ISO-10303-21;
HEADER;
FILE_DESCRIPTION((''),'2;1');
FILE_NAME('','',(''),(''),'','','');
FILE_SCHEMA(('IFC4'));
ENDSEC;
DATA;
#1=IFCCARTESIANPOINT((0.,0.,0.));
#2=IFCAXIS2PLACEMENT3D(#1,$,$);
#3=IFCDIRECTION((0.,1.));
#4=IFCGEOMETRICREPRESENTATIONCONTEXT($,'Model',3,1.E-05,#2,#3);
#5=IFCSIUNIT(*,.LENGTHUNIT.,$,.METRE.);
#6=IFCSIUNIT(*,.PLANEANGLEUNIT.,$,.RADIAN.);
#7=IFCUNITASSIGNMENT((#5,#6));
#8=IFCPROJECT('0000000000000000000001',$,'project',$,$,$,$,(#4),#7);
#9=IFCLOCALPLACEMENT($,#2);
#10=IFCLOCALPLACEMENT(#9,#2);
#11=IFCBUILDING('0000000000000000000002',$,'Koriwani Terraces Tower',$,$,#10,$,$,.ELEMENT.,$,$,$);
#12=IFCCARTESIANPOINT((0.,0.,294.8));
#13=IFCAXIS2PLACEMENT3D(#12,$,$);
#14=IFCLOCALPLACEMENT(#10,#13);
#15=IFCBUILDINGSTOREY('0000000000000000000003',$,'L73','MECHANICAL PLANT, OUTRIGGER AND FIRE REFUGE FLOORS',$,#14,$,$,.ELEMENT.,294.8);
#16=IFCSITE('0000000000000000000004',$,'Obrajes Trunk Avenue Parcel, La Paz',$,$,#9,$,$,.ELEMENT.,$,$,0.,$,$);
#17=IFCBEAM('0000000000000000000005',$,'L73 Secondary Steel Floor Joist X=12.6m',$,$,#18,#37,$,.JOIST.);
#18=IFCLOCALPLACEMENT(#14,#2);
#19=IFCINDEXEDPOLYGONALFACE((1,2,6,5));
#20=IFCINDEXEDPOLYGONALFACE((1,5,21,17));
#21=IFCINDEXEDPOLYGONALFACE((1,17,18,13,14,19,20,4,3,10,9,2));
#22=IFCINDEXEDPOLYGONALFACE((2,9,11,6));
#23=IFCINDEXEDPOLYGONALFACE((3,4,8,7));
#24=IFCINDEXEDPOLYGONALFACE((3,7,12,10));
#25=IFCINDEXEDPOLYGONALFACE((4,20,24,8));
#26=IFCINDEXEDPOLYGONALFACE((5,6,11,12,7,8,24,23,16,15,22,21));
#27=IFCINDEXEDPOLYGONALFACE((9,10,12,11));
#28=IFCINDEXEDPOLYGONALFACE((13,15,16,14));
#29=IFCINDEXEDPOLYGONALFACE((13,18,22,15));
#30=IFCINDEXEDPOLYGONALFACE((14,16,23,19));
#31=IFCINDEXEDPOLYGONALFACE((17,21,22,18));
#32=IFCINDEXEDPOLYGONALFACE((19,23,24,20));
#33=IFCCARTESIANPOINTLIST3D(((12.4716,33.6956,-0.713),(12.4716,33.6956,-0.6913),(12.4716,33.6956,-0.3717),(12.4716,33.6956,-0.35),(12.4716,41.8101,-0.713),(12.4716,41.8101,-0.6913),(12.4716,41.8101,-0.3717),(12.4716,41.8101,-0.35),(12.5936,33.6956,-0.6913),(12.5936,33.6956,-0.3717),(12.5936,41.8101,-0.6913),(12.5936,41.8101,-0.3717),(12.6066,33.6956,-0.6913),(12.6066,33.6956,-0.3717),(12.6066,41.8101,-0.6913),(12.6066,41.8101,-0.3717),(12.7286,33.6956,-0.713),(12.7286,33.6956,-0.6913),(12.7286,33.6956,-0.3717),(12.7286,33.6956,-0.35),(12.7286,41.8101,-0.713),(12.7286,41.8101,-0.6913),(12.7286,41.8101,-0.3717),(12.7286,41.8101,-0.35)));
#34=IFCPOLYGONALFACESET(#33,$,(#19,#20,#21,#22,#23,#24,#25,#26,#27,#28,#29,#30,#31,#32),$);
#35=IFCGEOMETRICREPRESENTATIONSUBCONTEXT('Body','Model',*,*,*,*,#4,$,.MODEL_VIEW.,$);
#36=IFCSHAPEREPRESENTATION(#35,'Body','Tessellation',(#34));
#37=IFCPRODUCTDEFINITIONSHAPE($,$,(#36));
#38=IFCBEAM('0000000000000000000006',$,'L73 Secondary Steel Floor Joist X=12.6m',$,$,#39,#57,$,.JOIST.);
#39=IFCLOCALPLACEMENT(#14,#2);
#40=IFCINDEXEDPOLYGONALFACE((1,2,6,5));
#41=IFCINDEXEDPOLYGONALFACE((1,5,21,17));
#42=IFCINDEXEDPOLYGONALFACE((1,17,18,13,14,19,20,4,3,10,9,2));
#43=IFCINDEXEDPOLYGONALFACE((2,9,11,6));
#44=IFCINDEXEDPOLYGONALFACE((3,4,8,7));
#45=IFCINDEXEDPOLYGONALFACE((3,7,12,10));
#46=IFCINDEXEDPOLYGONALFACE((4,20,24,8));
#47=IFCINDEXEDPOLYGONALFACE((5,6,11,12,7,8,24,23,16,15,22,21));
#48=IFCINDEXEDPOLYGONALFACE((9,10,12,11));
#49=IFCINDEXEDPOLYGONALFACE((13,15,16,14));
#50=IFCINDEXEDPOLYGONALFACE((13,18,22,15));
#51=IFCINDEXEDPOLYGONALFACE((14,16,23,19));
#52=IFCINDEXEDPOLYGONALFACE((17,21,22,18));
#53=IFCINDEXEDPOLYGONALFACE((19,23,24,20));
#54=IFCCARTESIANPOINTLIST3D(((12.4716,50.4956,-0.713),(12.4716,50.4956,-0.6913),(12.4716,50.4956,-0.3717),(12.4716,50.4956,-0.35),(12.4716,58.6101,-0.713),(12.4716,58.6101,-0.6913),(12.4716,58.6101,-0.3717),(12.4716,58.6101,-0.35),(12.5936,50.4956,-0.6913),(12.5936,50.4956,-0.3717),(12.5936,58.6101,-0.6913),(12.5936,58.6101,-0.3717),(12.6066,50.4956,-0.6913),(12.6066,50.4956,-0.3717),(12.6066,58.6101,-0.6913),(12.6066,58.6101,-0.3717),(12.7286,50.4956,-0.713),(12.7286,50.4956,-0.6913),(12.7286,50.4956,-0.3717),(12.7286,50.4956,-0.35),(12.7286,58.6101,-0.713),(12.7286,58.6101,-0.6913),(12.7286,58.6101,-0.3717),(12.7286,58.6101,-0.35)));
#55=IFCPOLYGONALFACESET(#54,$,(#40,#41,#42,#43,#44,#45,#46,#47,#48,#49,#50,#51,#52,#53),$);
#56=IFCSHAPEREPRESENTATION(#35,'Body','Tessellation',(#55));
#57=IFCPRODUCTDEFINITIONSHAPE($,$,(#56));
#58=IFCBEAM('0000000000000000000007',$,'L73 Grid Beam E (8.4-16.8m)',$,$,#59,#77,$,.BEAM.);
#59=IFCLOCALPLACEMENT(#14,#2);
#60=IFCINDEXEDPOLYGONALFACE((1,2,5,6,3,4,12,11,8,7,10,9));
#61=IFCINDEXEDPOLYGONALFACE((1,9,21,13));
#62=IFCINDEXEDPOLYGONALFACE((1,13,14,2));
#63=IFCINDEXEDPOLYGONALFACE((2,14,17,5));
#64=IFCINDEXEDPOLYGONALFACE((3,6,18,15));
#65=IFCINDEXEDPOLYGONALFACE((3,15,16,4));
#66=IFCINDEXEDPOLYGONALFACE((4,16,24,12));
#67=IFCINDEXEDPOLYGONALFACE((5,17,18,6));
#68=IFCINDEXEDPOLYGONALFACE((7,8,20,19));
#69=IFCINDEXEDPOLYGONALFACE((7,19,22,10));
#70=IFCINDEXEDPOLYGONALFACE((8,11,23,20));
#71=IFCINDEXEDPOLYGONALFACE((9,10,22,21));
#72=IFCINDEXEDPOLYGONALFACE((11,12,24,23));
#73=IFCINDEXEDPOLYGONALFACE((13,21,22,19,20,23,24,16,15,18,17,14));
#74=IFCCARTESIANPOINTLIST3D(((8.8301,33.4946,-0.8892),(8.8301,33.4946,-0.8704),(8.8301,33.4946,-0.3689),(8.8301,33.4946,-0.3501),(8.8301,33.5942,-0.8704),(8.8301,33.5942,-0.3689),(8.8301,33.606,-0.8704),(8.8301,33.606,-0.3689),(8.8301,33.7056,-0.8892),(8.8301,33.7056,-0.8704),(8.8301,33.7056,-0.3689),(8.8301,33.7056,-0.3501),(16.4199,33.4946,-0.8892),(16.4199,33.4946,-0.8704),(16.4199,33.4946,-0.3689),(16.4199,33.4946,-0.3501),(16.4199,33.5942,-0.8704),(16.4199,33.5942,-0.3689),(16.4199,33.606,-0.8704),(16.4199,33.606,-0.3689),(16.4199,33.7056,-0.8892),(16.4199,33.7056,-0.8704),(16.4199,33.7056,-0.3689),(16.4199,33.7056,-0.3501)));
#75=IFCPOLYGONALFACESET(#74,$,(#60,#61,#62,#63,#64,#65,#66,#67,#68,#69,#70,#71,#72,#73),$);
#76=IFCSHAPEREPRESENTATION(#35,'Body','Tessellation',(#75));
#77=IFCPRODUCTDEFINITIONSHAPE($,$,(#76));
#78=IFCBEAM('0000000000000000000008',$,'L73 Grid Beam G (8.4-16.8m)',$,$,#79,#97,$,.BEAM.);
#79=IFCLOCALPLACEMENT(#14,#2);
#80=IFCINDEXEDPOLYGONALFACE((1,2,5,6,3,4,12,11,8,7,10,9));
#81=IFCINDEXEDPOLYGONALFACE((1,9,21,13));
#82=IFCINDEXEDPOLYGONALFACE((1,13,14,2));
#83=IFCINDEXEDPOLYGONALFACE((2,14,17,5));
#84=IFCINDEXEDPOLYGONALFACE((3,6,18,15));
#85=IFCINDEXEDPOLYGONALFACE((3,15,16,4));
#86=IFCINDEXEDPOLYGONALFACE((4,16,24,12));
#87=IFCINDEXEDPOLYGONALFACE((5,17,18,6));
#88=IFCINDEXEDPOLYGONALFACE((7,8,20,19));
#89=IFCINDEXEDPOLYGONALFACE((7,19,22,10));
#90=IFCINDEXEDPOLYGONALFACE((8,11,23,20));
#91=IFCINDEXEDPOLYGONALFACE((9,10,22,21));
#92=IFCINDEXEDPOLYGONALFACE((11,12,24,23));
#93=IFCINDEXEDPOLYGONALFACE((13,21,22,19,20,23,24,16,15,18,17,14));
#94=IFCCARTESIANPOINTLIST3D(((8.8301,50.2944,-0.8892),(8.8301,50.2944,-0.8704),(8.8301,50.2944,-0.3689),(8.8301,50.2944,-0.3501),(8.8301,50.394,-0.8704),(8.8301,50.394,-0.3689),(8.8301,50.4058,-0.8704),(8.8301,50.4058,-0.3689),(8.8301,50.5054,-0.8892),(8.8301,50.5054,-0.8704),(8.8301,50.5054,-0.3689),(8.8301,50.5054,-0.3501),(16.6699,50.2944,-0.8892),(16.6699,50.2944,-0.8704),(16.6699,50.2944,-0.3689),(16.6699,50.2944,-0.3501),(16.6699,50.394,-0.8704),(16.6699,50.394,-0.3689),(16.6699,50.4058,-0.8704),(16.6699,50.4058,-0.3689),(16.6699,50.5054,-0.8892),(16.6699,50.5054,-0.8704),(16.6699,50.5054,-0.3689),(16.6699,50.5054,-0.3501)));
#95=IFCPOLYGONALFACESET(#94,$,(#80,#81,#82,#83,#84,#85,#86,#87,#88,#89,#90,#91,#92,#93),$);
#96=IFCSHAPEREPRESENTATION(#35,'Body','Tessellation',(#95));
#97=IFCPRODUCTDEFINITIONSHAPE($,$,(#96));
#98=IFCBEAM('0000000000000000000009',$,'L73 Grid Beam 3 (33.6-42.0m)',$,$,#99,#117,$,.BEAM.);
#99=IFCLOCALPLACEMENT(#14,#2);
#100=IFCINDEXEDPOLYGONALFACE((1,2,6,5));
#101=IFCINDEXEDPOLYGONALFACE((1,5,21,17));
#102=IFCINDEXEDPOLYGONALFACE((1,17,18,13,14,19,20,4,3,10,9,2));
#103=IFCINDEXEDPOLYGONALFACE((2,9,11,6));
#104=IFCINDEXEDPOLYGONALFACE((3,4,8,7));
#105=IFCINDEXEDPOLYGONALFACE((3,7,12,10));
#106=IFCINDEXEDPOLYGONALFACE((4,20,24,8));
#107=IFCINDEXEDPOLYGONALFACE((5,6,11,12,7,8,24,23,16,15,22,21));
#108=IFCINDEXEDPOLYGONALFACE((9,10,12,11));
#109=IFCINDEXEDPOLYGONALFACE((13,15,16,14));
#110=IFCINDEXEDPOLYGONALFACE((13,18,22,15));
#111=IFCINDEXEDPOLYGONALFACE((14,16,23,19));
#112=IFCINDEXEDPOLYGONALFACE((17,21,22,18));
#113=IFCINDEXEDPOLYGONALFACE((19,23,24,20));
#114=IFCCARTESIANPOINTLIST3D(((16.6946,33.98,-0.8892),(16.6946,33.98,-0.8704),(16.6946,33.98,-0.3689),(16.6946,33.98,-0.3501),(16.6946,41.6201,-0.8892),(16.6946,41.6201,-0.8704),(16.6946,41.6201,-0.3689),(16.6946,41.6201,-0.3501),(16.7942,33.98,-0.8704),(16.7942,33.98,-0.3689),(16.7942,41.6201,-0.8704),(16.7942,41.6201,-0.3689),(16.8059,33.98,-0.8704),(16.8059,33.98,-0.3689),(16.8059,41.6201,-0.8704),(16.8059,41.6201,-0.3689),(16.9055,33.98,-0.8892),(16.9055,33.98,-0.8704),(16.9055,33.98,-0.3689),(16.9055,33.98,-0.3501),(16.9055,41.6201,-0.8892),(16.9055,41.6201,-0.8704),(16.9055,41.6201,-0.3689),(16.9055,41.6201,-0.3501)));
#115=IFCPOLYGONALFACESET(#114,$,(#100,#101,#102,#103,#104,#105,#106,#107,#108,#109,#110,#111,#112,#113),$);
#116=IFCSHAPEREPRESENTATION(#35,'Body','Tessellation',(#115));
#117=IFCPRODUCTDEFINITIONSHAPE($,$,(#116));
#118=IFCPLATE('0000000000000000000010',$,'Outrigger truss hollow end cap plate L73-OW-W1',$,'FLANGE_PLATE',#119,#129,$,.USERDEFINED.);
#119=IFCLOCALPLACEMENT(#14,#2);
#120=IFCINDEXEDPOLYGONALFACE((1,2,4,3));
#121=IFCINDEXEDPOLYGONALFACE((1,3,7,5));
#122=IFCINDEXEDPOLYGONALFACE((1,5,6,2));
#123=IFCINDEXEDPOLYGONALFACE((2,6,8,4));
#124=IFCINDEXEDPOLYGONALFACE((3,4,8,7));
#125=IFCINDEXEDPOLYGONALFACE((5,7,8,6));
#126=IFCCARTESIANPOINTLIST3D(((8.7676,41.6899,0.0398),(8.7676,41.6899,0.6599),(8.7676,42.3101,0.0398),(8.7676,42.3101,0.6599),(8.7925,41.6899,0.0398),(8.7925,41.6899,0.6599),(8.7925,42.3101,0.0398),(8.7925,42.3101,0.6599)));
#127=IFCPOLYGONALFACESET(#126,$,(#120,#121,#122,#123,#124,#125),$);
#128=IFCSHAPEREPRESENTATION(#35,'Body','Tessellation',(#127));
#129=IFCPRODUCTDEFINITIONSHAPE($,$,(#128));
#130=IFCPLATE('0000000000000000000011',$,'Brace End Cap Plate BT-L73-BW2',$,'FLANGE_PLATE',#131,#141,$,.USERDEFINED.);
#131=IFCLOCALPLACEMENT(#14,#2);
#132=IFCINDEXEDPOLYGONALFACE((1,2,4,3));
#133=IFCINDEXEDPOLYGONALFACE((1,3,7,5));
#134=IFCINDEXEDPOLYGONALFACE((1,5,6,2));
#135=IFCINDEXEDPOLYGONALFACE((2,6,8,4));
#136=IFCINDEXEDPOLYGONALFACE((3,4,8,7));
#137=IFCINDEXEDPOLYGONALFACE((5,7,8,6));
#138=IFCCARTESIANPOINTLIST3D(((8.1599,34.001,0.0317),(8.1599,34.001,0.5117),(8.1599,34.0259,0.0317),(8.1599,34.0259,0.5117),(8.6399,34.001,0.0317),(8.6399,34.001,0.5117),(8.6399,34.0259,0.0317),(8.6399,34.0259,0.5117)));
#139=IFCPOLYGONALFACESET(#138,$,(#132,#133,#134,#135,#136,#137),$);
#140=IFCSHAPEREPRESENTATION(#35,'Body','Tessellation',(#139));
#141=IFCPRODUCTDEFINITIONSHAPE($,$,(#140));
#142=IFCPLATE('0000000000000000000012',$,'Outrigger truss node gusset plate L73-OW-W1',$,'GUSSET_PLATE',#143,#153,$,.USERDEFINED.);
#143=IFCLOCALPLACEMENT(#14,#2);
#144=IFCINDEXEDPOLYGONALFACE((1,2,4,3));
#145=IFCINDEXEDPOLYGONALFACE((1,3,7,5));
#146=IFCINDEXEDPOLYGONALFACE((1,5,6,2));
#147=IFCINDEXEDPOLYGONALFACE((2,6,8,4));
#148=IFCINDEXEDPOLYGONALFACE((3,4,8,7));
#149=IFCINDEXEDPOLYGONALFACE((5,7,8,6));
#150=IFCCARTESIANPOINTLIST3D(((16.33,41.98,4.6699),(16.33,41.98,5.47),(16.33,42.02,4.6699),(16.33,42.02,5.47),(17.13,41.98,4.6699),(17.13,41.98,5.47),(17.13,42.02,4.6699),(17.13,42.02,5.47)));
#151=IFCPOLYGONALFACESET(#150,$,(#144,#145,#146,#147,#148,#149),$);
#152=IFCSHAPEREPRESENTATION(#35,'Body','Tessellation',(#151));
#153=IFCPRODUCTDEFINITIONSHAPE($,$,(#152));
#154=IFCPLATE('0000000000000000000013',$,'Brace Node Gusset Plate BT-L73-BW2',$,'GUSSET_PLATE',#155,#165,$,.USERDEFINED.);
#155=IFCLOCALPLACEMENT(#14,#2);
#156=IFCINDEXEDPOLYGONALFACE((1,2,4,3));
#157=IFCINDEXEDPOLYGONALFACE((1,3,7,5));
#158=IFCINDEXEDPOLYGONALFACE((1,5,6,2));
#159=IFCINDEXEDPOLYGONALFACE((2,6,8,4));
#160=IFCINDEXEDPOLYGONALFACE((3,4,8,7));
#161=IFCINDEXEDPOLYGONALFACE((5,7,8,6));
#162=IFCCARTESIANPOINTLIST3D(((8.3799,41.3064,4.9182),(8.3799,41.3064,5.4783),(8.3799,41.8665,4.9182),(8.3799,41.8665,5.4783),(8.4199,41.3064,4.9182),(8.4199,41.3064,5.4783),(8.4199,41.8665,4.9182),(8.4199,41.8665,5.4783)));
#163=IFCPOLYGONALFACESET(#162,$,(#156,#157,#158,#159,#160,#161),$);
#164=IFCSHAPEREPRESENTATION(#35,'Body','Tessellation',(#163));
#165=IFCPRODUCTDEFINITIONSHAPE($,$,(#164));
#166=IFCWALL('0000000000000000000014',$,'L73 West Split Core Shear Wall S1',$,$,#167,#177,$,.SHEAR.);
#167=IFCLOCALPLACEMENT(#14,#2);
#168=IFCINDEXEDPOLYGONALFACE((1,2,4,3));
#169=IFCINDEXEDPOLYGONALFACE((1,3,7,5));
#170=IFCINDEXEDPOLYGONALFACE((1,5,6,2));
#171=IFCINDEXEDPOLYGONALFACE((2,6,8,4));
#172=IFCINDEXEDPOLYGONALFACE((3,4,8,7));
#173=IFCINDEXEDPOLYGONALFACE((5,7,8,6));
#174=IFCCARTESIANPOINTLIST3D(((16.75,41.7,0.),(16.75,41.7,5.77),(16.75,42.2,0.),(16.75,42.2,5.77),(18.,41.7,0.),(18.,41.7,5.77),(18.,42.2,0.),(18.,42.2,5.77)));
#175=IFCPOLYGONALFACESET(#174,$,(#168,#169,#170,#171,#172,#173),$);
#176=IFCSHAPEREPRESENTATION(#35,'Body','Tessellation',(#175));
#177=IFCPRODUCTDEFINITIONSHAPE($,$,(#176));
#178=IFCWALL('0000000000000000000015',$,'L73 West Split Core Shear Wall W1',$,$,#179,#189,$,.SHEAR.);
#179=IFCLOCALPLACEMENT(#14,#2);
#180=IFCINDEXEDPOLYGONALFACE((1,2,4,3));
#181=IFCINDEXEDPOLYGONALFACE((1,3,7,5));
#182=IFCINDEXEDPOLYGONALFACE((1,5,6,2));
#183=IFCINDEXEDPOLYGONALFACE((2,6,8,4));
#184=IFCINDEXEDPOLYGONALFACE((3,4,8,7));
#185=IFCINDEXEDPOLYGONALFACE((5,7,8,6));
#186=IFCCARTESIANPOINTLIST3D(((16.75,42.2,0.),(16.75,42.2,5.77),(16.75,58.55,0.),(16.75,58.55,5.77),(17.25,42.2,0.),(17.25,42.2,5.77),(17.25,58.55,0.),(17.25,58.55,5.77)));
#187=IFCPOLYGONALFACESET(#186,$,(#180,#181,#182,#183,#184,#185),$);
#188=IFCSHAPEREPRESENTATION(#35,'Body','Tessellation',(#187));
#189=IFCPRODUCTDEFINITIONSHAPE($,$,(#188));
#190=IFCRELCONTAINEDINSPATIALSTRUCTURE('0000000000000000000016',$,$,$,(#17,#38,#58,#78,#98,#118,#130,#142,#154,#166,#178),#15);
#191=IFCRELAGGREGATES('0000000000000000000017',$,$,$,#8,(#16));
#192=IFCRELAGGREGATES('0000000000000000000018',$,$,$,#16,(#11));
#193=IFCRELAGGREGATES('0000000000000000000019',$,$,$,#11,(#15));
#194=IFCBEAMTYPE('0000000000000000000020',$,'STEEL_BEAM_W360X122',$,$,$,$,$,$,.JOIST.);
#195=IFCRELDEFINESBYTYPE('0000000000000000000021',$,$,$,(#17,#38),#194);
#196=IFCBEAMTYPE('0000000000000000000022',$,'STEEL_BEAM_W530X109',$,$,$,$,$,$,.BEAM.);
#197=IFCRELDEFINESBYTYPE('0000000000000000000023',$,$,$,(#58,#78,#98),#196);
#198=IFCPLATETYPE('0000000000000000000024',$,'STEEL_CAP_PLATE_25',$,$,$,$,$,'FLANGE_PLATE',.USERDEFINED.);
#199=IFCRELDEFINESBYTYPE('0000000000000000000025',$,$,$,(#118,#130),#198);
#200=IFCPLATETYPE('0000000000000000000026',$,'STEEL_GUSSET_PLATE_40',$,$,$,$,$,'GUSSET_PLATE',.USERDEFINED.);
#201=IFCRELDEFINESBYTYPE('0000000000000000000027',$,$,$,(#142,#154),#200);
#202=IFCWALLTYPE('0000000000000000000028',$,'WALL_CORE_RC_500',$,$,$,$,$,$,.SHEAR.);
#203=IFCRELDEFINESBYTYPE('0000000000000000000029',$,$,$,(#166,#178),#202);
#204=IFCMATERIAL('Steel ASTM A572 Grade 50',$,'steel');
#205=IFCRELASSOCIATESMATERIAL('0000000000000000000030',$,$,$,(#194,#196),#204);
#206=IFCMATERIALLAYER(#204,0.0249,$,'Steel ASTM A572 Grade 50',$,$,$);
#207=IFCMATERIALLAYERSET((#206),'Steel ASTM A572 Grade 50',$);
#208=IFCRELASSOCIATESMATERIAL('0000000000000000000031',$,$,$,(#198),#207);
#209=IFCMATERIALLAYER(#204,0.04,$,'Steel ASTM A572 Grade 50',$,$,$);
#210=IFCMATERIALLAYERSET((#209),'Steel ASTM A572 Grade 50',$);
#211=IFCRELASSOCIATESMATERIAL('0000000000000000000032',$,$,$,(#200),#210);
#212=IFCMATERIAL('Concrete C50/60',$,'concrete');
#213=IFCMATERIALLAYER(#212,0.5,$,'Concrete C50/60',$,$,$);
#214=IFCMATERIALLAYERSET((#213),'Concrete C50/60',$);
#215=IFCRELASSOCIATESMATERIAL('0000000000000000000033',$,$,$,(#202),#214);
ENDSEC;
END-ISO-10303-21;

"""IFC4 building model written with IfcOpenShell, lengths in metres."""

from ifc_helpers import new_model, si_unit, direction, frame, frame_2d, origin, origin_2d, place, context, subcontext, project, spatial, rectangle, i_section, extrude, material, layer, layer_set, material_profile, profile_set, type_object, element, save


model = new_model("IFC4")

# Units and contexts
model_context = context("Model", 3, precision=1e-05, world=origin(), true_north=direction((0.0, 1.0)))
body_context = subcontext(model_context, "Body", "Model", "MODEL_VIEW")
ifc_project = project(units=[si_unit("LENGTHUNIT", "METRE"), si_unit("PLANEANGLEUNIT", "RADIAN")], contexts=[model_context])

# Site, building, storey
site_placement = place(None, origin())
site = spatial("IfcSite", under=ifc_project, at=site_placement, Name="Obrajes Trunk Avenue Parcel, La Paz", CompositionType="ELEMENT", RefElevation=0.0)
building_placement = place(site_placement, origin())
building = spatial("IfcBuilding", under=site, at=building_placement, Name="Koriwani Terraces Tower", CompositionType="ELEMENT")
storey_placement = place(building_placement, frame((0.0, 0.0, 294.8)))
storey = spatial("IfcBuildingStorey", under=building, at=storey_placement, Name="L73", Description="MECHANICAL PLANT, OUTRIGGER AND FIRE REFUGE FLOORS", CompositionType="ELEMENT", Elevation=294.8)

# Shared definitions
ifc_material_1 = material(Name="Concrete C50/60", Category="concrete")

# Shared definitions
ifc_material_2 = material(Name="Steel ASTM A572 Grade 50", Category="steel")

# Beams
ifc_material_profile_1 = material_profile(ifc_material_2, i_section(OverallWidth=0.2571, OverallDepth=0.363, WebThickness=0.0129, FlangeThickness=0.0217, at=origin_2d()), Name="Steel ASTM A572 Grade 50", Category="LoadBearing")
ifc_profile_set_1 = profile_set([ifc_material_profile_1], Name="Steel ASTM A572 Grade 50")
beam_type_1 = type_object("IfcBeamType", Name="STEEL_BEAM_W360X122", PredefinedType="JOIST", material=ifc_profile_set_1)
for number, where, z_axis, x_axis, name in (
    (1, (12.6001, 33.6956, -0.5315), (0.0, 1.0, 0.0), (-1.0, 0.0, 0.0), "L73 Secondary Steel Floor Joist X=12.6m"),
    (2, (12.6001, 50.4956, -0.5315), (0.0, 1.0, 0.0), (-1.0, 0.0, 0.0), "L73 Secondary Steel Floor Joist X=12.6m"),
):
    element("IfcBeam", number, at=place(storey_placement, frame(where, z_axis=z_axis, x_axis=x_axis)), inside=storey, type_object=beam_type_1, Name=name, PredefinedType="JOIST", context=body_context, shape_type="SweptSolid", body=[
        extrude(i_section(OverallWidth=0.2571, OverallDepth=0.363, WebThickness=0.0129, FlangeThickness=0.0217, at=origin_2d()), origin(), (0.0, 0.0, 1.0), 8.1145),
    ])
ifc_material_profile_2 = material_profile(ifc_material_2, i_section(OverallWidth=0.2109, OverallDepth=0.5391, WebThickness=0.0117, FlangeThickness=0.0188, at=origin_2d()), Name="Steel ASTM A572 Grade 50", Category="LoadBearing")
ifc_profile_set_2 = profile_set([ifc_material_profile_2], Name="Steel ASTM A572 Grade 50")
beam_type_2 = type_object("IfcBeamType", Name="STEEL_BEAM_W530X109", PredefinedType="BEAM", material=ifc_profile_set_2)
beam_1_placement = place(storey_placement, frame((8.8301, 33.6001, -0.6196), z_axis=(1.0, 0.0, 0.0), x_axis=(0.0, 1.0, 0.0)))
element("IfcBeam", 3, at=beam_1_placement, inside=storey, type_object=beam_type_2, Name="L73 Grid Beam E (8.4-16.8m)", PredefinedType="BEAM", context=body_context, shape_type="SweptSolid", body=[
    extrude(i_section(OverallWidth=0.2109, OverallDepth=0.5391, WebThickness=0.0117, FlangeThickness=0.0188, at=origin_2d()), origin(), (0.0, 0.0, 1.0), 7.5898),
])
beam_2_placement = place(storey_placement, frame((8.8301, 50.3999, -0.6196), z_axis=(1.0, 0.0, 0.0), x_axis=(0.0, 1.0, 0.0)))
element("IfcBeam", 4, at=beam_2_placement, inside=storey, type_object=beam_type_2, Name="L73 Grid Beam G (8.4-16.8m)", PredefinedType="BEAM", context=body_context, shape_type="SweptSolid", body=[
    extrude(i_section(OverallWidth=0.2109, OverallDepth=0.5391, WebThickness=0.0117, FlangeThickness=0.0188, at=origin_2d()), origin(), (0.0, 0.0, 1.0), 7.8398),
])
beam_3_placement = place(storey_placement, frame((16.8, 33.98, -0.6196), z_axis=(0.0, 1.0, 0.0), x_axis=(-1.0, 0.0, 0.0)))
element("IfcBeam", 5, at=beam_3_placement, inside=storey, type_object=beam_type_2, Name="L73 Grid Beam 3 (33.6-42.0m)", PredefinedType="BEAM", context=body_context, shape_type="SweptSolid", body=[
    extrude(i_section(OverallWidth=0.2109, OverallDepth=0.5391, WebThickness=0.0117, FlangeThickness=0.0188, at=origin_2d()), origin(), (0.0, 0.0, 1.0), 7.6401),
])

# Plates
ifc_layer_1 = layer(ifc_material_2, 0.0249, Name="Steel ASTM A572 Grade 50")
ifc_layer_set_1 = layer_set([ifc_layer_1], Name="Steel ASTM A572 Grade 50")
plate_type_1 = type_object("IfcPlateType", Name="STEEL_CAP_PLATE_25", ElementType="FLANGE_PLATE", PredefinedType="USERDEFINED", material=ifc_layer_set_1)
plate_1_placement = place(storey_placement, frame((8.78, 42.0, 0.0398), z_axis=(0.0, 0.0, 1.0), x_axis=(1.0, 0.0, 0.0)))
element("IfcPlate", 6, at=plate_1_placement, inside=storey, type_object=plate_type_1, Name="Outrigger truss hollow end cap plate L73-OW-W1", ObjectType="FLANGE_PLATE", PredefinedType="USERDEFINED", context=body_context, shape_type="SweptSolid", body=[
    extrude(rectangle(XDim=0.0249, YDim=0.6201, at=origin_2d()), origin(), (0.0, 0.0, 1.0), 0.6201),
])
plate_2_placement = place(storey_placement, frame((8.3999, 34.0134, 0.0317), z_axis=(0.0, 0.0, 1.0), x_axis=(0.0, 1.0, 0.0)))
element("IfcPlate", 7, at=plate_2_placement, inside=storey, type_object=plate_type_1, Name="Brace End Cap Plate BT-L73-BW2", ObjectType="FLANGE_PLATE", PredefinedType="USERDEFINED", context=body_context, shape_type="SweptSolid", body=[
    extrude(rectangle(XDim=0.0249, YDim=0.48, at=origin_2d()), origin(), (0.0, 0.0, 1.0), 0.48),
])
ifc_layer_2 = layer(ifc_material_2, 0.04, Name="Steel ASTM A572 Grade 50")
ifc_layer_set_2 = layer_set([ifc_layer_2], Name="Steel ASTM A572 Grade 50")
plate_type_2 = type_object("IfcPlateType", Name="STEEL_GUSSET_PLATE_40", ElementType="GUSSET_PLATE", PredefinedType="USERDEFINED", material=ifc_layer_set_2)
plate_3_placement = place(storey_placement, frame((16.73, 42.0, 4.6699), z_axis=(0.0, 0.0, 1.0), x_axis=(1.0, 0.0, 0.0)))
element("IfcPlate", 8, at=plate_3_placement, inside=storey, type_object=plate_type_2, Name="Outrigger truss node gusset plate L73-OW-W1", ObjectType="GUSSET_PLATE", PredefinedType="USERDEFINED", context=body_context, shape_type="SweptSolid", body=[
    extrude(rectangle(XDim=0.8, YDim=0.04, at=origin_2d()), origin(), (0.0, 0.0, 1.0), 0.8),
])
plate_4_placement = place(storey_placement, frame((8.3999, 41.5864, 4.9182), z_axis=(0.0, 0.0, 1.0), x_axis=(0.0, 1.0, 0.0)))
element("IfcPlate", 9, at=plate_4_placement, inside=storey, type_object=plate_type_2, Name="Brace Node Gusset Plate BT-L73-BW2", ObjectType="GUSSET_PLATE", PredefinedType="USERDEFINED", context=body_context, shape_type="SweptSolid", body=[
    extrude(rectangle(XDim=0.5601, YDim=0.04, at=origin_2d()), origin(), (0.0, 0.0, 1.0), 0.5601),
])

# Walls
ifc_layer_3 = layer(ifc_material_1, 0.5, Name="Concrete C50/60")
ifc_layer_set_3 = layer_set([ifc_layer_3], Name="Concrete C50/60")
wall_type_1 = type_object("IfcWallType", Name="WALL_CORE_RC_500", PredefinedType="SHEAR", material=ifc_layer_set_3)
wall_1_placement = place(storey_placement, frame((16.75, 41.95, 0.0), z_axis=(0.0, 0.0, 1.0), x_axis=(1.0, 0.0, 0.0)))
element("IfcWall", 10, at=wall_1_placement, inside=storey, type_object=wall_type_1, Name="L73 West Split Core Shear Wall S1", PredefinedType="SHEAR", context=body_context, shape_type="SweptSolid", body=[
    extrude(rectangle(XDim=1.25, YDim=0.5, at=frame_2d((0.625, 0.0))), origin(), (0.0, 0.0, 1.0), 5.77),
])
wall_2_placement = place(storey_placement, frame((17.0, 42.2, 0.0), z_axis=(0.0, 0.0, 1.0), x_axis=(0.0, 1.0, 0.0)))
element("IfcWall", 11, at=wall_2_placement, inside=storey, type_object=wall_type_1, Name="L73 West Split Core Shear Wall W1", PredefinedType="SHEAR", context=body_context, shape_type="SweptSolid", body=[
    extrude(rectangle(XDim=16.3501, YDim=0.5, at=frame_2d((8.175, 0.0))), origin(), (0.0, 0.0, 1.0), 5.77),
])

save(model, "model.ifc")
